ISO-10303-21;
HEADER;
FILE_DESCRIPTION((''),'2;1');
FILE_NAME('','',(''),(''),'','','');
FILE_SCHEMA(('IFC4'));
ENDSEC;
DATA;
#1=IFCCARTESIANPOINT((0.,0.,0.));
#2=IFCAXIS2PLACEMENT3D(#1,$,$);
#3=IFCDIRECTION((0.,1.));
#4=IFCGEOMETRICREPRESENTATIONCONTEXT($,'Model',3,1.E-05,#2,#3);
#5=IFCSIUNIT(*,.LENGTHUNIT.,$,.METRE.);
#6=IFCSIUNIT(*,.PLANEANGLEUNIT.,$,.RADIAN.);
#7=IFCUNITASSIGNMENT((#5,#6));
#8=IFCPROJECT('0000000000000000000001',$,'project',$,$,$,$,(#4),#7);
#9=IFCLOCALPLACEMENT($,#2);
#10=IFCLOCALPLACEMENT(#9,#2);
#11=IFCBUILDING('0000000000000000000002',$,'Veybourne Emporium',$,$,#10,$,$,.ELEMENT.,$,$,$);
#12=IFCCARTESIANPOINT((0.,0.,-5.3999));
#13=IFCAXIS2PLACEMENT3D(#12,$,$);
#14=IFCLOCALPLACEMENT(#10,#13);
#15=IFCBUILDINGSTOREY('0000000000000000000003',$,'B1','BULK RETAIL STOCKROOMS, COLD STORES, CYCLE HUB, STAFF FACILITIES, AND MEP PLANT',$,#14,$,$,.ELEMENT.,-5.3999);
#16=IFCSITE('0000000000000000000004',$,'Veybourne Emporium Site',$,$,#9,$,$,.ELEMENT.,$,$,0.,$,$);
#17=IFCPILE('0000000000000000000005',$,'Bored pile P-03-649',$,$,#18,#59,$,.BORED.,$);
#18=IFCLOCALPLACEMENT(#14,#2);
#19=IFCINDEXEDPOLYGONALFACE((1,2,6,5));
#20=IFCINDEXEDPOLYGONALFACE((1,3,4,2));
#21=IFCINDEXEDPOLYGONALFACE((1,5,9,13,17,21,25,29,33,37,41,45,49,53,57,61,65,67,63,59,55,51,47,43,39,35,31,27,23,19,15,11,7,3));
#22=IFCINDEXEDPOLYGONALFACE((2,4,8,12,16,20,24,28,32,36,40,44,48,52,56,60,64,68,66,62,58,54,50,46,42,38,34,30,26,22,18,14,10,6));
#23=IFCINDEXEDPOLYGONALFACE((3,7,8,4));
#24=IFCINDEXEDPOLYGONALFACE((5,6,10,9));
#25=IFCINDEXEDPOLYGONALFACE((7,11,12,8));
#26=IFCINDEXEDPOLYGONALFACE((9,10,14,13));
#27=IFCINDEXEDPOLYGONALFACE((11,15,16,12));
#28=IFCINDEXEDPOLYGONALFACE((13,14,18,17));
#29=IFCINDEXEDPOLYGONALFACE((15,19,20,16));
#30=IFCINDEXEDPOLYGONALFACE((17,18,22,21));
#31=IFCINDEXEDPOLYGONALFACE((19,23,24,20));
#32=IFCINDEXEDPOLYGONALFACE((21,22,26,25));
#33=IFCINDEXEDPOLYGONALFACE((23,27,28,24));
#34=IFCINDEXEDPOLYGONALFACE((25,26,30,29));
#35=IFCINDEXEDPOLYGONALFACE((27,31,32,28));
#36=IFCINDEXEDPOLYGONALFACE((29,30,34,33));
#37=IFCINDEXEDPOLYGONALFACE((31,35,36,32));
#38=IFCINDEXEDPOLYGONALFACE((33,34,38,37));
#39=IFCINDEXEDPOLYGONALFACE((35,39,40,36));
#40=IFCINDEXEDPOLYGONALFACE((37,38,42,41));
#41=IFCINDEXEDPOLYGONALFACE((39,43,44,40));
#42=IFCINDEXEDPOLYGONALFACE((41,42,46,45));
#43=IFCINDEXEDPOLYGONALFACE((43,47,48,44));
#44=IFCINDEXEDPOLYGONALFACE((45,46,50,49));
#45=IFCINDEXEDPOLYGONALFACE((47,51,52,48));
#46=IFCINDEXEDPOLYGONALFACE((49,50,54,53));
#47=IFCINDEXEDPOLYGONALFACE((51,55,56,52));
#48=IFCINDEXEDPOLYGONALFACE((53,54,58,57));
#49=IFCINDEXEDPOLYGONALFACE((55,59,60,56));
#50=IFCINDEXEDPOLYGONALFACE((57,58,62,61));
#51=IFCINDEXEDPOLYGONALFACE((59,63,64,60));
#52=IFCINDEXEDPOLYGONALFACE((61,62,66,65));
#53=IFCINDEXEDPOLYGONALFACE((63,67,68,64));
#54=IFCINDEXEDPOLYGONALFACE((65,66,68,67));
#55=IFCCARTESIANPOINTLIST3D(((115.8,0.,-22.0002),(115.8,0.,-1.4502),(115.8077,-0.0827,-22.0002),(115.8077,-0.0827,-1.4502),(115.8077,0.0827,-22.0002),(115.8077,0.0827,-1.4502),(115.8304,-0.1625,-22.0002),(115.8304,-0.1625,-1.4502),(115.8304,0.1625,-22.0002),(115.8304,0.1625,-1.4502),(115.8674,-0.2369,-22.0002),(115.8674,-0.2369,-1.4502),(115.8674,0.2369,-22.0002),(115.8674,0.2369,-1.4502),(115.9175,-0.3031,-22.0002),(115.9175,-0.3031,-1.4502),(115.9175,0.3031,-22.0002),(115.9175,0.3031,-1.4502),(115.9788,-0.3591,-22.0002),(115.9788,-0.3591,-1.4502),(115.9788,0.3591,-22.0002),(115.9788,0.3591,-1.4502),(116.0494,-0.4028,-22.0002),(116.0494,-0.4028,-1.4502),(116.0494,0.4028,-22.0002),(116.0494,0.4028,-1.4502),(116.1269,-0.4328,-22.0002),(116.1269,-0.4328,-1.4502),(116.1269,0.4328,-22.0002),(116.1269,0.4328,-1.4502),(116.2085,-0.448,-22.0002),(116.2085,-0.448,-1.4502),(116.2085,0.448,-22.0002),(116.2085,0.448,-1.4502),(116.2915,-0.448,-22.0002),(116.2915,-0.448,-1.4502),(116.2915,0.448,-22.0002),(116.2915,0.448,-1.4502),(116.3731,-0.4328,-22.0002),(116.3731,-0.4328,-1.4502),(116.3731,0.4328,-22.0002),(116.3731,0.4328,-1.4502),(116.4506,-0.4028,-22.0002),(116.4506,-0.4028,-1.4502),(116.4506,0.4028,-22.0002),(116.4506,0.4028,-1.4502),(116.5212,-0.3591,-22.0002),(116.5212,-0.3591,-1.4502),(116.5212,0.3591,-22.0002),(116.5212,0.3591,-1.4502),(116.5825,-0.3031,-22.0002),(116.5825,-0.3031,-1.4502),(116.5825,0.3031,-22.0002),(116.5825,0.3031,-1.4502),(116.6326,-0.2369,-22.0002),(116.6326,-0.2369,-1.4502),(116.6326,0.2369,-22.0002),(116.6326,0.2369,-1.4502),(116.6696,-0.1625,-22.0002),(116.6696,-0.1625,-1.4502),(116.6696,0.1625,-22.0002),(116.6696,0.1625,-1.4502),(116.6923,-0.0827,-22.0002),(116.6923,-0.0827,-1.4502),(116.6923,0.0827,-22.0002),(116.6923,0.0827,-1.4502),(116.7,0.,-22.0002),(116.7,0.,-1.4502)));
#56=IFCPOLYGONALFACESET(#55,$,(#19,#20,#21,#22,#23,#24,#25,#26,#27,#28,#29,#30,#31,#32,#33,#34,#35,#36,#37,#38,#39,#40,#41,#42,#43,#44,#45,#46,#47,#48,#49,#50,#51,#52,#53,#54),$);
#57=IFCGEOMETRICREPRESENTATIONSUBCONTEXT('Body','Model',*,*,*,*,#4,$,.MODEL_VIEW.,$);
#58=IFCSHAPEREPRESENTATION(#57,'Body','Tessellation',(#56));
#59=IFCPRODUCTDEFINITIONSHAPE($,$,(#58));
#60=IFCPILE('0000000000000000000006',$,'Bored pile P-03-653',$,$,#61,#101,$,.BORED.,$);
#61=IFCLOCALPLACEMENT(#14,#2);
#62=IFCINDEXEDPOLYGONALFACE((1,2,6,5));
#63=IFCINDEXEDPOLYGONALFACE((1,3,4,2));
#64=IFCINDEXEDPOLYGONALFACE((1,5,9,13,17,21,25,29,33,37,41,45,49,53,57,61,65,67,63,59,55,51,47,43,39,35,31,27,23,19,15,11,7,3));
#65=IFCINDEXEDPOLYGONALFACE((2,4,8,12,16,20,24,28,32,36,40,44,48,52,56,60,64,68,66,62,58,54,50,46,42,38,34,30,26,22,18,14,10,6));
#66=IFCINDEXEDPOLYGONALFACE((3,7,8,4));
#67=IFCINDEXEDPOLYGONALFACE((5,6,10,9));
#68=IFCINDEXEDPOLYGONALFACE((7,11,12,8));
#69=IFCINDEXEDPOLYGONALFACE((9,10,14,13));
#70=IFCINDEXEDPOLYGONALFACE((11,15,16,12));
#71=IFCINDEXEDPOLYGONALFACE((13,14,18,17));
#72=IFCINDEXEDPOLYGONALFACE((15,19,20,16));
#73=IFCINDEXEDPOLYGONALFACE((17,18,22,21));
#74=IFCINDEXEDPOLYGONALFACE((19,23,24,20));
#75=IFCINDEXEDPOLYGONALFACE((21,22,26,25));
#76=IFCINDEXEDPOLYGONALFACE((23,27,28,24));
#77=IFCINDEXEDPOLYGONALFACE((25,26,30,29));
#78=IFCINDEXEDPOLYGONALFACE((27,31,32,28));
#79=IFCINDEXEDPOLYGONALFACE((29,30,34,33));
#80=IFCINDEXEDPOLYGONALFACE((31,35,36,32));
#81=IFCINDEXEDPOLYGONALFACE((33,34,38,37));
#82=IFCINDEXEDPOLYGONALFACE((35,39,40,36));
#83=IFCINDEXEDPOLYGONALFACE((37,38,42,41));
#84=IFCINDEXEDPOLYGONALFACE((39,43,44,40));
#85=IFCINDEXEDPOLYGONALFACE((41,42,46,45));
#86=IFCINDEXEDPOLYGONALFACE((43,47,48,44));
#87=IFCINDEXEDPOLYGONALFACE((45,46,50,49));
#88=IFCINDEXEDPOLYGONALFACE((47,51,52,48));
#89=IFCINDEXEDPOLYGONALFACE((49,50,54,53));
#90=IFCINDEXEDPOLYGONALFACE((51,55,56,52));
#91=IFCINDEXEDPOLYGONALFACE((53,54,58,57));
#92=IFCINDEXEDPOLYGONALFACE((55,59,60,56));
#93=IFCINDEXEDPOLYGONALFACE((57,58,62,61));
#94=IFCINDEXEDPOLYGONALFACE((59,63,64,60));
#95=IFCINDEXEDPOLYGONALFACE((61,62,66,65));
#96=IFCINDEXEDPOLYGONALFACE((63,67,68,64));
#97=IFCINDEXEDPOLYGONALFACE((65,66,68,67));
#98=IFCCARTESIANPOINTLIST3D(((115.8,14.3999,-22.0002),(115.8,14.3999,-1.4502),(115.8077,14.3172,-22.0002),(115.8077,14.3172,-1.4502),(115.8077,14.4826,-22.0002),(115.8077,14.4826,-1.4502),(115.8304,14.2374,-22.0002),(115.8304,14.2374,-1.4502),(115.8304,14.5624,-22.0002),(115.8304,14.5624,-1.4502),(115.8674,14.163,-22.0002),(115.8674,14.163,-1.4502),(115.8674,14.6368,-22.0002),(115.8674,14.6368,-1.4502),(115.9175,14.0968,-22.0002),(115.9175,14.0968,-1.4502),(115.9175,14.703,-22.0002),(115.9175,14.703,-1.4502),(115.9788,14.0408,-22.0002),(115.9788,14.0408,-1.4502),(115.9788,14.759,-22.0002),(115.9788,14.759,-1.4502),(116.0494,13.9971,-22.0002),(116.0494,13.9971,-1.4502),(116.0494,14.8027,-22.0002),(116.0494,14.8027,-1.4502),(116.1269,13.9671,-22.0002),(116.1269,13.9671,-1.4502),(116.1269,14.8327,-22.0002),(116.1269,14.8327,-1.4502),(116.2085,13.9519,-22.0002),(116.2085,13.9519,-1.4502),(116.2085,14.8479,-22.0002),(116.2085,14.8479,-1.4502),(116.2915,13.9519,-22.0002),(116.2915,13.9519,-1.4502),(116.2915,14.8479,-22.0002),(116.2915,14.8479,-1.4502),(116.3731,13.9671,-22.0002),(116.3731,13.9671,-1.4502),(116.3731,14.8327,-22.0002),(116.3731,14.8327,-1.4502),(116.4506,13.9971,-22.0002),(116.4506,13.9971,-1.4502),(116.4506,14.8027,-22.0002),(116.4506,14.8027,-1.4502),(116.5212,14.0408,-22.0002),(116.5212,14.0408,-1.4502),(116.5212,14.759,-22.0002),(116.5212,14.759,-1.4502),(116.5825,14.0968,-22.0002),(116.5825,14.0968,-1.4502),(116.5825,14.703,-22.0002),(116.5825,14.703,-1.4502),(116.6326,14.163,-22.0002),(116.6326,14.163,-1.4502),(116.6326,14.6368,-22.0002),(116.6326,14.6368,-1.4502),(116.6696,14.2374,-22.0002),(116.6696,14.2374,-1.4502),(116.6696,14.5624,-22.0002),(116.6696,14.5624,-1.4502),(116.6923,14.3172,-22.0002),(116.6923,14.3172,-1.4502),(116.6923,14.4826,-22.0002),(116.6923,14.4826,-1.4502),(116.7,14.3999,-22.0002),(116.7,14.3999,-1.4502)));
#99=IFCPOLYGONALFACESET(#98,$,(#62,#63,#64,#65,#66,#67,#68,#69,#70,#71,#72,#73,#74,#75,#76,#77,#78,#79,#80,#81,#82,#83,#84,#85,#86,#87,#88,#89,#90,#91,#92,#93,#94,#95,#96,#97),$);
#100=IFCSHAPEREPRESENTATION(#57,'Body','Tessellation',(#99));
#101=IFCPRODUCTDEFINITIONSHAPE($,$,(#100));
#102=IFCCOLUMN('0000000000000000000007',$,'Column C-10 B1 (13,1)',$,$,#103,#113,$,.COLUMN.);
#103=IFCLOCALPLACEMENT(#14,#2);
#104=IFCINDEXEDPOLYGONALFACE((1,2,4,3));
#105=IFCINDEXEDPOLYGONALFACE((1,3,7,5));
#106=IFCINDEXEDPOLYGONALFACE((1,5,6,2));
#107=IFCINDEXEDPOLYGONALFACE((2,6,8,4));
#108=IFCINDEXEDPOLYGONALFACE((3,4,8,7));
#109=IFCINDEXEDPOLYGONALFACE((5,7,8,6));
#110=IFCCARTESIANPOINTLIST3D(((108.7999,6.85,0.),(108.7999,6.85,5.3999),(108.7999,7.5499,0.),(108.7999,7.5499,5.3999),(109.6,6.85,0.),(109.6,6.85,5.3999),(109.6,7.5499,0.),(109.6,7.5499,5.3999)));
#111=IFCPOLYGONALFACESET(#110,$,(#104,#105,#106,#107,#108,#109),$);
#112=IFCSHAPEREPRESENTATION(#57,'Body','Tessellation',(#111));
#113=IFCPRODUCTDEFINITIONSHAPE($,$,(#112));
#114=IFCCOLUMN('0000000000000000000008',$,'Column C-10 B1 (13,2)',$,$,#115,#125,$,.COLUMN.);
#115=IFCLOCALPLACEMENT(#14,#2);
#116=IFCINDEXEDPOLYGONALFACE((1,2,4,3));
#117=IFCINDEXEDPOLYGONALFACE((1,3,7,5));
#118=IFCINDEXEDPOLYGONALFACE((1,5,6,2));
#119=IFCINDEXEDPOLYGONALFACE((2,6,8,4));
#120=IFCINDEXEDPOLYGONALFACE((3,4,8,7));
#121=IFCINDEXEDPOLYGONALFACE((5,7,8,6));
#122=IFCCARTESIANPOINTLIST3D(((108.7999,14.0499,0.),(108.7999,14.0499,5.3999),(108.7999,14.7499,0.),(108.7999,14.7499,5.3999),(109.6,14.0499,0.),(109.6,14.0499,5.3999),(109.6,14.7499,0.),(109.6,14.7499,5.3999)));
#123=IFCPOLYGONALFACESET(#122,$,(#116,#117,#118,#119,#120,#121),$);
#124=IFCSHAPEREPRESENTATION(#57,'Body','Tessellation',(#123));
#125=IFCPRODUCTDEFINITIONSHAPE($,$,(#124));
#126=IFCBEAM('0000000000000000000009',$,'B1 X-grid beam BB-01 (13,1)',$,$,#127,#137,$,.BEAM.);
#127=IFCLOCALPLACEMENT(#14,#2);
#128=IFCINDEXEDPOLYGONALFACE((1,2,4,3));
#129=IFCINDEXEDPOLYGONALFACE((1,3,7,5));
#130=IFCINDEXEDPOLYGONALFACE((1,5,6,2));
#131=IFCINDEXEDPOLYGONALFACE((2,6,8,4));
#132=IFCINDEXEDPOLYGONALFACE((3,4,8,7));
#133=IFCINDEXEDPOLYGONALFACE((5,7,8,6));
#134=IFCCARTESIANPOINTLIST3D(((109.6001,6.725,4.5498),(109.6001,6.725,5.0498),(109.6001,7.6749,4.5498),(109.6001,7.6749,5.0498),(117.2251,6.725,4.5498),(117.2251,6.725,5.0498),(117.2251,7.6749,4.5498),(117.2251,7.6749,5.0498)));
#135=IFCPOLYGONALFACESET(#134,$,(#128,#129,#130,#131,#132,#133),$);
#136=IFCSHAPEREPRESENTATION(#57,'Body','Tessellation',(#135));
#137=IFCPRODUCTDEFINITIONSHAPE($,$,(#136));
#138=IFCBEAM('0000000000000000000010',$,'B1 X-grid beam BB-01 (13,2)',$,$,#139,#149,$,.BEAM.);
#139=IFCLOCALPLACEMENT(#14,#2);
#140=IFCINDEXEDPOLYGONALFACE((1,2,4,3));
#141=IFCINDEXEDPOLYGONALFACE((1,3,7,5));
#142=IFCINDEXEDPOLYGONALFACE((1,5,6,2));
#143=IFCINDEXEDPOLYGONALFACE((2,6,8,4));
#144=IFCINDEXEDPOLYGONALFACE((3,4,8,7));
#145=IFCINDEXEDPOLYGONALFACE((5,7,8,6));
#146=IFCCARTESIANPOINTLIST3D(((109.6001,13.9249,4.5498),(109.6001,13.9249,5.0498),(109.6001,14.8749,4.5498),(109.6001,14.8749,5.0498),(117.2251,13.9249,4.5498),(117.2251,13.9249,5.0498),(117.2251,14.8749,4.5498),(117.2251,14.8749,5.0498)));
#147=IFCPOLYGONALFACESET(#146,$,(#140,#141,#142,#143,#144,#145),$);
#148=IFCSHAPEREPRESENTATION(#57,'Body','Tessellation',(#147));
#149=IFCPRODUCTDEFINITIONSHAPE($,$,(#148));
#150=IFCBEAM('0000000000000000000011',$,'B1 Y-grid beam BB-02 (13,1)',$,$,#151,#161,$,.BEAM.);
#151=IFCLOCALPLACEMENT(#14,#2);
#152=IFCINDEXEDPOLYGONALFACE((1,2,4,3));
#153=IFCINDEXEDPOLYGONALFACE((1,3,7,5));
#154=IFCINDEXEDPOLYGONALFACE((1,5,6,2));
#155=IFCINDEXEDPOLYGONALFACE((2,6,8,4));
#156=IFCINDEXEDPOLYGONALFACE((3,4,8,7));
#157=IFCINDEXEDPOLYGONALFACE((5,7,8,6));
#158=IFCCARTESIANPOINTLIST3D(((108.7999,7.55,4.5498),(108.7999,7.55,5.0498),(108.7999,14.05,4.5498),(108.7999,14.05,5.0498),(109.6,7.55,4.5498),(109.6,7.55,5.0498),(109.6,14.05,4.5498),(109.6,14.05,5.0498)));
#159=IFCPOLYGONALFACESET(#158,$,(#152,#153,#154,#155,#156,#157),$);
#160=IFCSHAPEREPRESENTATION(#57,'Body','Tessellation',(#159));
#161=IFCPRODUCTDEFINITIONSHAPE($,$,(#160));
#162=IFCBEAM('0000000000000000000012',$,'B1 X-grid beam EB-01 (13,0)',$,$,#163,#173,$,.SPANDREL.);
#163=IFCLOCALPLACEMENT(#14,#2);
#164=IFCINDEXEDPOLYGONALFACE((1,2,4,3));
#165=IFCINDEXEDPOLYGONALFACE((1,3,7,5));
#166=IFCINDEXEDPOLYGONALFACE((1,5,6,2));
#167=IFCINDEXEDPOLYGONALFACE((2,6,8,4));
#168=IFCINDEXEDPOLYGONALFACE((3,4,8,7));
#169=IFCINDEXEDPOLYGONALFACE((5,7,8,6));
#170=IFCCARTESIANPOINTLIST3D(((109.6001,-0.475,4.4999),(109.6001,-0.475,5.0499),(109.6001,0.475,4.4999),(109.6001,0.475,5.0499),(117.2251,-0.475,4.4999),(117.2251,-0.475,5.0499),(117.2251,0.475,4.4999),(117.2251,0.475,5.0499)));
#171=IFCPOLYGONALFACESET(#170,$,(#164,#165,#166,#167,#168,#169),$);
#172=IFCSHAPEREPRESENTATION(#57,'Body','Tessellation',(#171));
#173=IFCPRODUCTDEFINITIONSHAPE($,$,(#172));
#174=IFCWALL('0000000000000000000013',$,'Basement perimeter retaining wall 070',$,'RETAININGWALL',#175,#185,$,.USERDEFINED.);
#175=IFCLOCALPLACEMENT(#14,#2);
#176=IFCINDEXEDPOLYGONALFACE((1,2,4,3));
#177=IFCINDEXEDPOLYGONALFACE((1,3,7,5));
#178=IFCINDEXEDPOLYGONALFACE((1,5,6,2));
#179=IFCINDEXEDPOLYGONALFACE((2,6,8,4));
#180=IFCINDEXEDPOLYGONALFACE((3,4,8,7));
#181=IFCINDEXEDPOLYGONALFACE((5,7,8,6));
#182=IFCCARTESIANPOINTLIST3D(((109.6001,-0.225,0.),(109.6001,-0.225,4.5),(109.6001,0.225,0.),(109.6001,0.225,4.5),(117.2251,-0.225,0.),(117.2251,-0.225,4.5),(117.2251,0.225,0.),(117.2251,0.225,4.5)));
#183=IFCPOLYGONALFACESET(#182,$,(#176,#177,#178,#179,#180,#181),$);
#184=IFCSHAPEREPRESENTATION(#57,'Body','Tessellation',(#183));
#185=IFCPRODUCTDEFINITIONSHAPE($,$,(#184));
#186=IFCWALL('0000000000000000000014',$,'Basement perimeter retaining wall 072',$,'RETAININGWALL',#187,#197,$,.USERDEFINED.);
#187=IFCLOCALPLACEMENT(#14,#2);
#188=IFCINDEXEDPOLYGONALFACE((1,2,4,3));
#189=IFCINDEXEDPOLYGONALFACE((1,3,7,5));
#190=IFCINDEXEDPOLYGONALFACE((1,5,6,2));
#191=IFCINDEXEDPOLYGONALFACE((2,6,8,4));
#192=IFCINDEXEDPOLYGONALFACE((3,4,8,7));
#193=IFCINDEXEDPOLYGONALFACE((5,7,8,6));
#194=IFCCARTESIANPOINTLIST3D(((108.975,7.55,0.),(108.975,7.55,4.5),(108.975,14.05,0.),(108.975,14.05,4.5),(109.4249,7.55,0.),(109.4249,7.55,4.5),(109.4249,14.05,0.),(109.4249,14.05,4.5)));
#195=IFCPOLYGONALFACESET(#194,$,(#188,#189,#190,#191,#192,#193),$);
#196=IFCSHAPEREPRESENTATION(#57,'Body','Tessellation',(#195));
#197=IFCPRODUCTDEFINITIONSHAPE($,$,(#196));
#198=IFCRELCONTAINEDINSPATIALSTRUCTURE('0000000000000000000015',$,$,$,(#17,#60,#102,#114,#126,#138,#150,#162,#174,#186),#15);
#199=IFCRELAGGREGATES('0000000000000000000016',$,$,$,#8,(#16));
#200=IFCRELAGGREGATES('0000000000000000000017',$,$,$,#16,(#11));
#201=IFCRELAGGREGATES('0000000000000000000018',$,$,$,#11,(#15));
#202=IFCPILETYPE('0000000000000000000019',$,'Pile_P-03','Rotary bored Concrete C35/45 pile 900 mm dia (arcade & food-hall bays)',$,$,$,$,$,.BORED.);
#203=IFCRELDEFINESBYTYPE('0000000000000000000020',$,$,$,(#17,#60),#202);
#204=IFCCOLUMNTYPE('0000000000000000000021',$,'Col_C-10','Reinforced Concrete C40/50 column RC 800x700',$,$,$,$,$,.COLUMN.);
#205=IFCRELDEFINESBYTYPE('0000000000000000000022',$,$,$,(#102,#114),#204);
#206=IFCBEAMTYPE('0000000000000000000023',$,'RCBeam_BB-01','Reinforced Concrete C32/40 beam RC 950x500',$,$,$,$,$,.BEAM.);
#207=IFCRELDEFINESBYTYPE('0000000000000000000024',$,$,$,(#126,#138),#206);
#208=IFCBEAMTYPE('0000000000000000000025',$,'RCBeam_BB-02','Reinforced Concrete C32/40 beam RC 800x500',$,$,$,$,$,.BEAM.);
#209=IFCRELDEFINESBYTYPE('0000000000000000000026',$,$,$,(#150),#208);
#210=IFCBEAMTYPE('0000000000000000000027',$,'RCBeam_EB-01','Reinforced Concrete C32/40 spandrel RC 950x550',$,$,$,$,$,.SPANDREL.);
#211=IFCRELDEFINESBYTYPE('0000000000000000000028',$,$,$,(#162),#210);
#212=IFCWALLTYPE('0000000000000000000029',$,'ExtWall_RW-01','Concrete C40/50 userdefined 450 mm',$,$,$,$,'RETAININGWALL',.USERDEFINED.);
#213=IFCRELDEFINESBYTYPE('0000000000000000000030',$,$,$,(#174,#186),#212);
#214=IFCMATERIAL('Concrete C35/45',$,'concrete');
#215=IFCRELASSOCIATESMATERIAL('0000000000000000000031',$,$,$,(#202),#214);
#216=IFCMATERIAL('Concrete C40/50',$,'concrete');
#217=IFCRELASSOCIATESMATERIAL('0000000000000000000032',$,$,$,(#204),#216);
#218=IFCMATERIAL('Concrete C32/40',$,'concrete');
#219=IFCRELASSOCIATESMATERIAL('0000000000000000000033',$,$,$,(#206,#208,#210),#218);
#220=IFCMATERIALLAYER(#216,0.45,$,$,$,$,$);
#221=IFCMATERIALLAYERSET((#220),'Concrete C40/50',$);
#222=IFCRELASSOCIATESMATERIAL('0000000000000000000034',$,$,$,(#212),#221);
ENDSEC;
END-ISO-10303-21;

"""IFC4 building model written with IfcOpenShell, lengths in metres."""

from ifc_helpers import new_model, si_unit, direction, frame, frame_2d, origin, origin_2d, place, context, subcontext, project, spatial, rectangle, circle, extrude, material, layer, layer_set, material_profile, profile_set, type_object, element, save


model = new_model("IFC4")

# Units and contexts
model_context = context("Model", 3, precision=1e-05, world=origin(), true_north=direction((0.0, 1.0)))
body_context = subcontext(model_context, "Body", "Model", "MODEL_VIEW")
ifc_project = project(units=[si_unit("LENGTHUNIT", "METRE"), si_unit("PLANEANGLEUNIT", "RADIAN")], contexts=[model_context])

# Site, building, storey
site_placement = place(None, origin())
site = spatial("IfcSite", under=ifc_project, at=site_placement, Name="Veybourne Emporium Site", CompositionType="ELEMENT", RefElevation=0.0)
building_placement = place(site_placement, origin())
building = spatial("IfcBuilding", under=site, at=building_placement, Name="Veybourne Emporium", CompositionType="ELEMENT")
storey_placement = place(building_placement, frame((0.0, 0.0, -5.3999)))
storey = spatial("IfcBuildingStorey", under=building, at=storey_placement, Name="B1", Description="BULK RETAIL STOCKROOMS, COLD STORES, CYCLE HUB, STAFF FACILITIES, AND MEP PLANT", CompositionType="ELEMENT", Elevation=-5.3999)

# Shared definitions
ifc_material_1 = material(Name="Concrete C35/45", Category="concrete")

# Piles
ifc_material_profile_1 = material_profile(ifc_material_1, circle(Radius=0.45, at=origin_2d()), Name="BORED PILE 900")
ifc_profile_set_1 = profile_set([ifc_material_profile_1], Name="Concrete C35/45")
pile_type = type_object("IfcPileType", Name="Pile_P-03", Description="Rotary bored Concrete C35/45 pile 900 mm dia (arcade & food-hall bays)", PredefinedType="BORED", material=ifc_profile_set_1)
for number, where, z_axis, x_axis, name in (
    (1, (116.25, 0.0, -1.4502), (0.0, 0.0, -1.0), (1.0, 0.0, 0.0), "Bored pile P-03-649"),
    (2, (116.25, 14.3999, -1.4502), (0.0, 0.0, -1.0), (1.0, 0.0, 0.0), "Bored pile P-03-653"),
):
    element("IfcPile", number, at=place(storey_placement, frame(where, z_axis=z_axis, x_axis=x_axis)), inside=storey, type_object=pile_type, Name=name, PredefinedType="BORED", context=body_context, shape_type="SweptSolid", body=[
        extrude(circle(Radius=0.45, at=origin_2d()), origin(), (0.0, 0.0, 1.0), 20.55),
    ])

# Columns
ifc_material_2 = material(Name="Concrete C40/50", Category="concrete")
ifc_material_profile_2 = material_profile(ifc_material_2, rectangle(XDim=0.8, YDim=0.7, at=origin_2d()), Name="RC 800x700")
ifc_profile_set_2 = profile_set([ifc_material_profile_2], Name="Concrete C40/50")
column_type = type_object("IfcColumnType", Name="Col_C-10", Description="Reinforced Concrete C40/50 column RC 800x700", PredefinedType="COLUMN", material=ifc_profile_set_2)
for number, where, z_axis, x_axis, name in (
    (3, (109.2, 7.2, 0.0), (0.0, 0.0, 1.0), (1.0, 0.0, 0.0), "Column C-10 B1 (13,1)"),
    (4, (109.2, 14.3999, 0.0), (0.0, 0.0, 1.0), (1.0, 0.0, 0.0), "Column C-10 B1 (13,2)"),
):
    element("IfcColumn", number, at=place(storey_placement, frame(where, z_axis=z_axis, x_axis=x_axis)), inside=storey, type_object=column_type, Name=name, PredefinedType="COLUMN", context=body_context, shape_type="SweptSolid", body=[
        extrude(rectangle(XDim=0.8, YDim=0.7, at=origin_2d()), origin(), (0.0, 0.0, 1.0), 5.3999),
    ])

# Beams
ifc_material_3 = material(Name="Concrete C32/40", Category="concrete")
ifc_material_profile_3 = material_profile(ifc_material_3, rectangle(XDim=0.95, YDim=0.5, at=origin_2d()), Name="RC 950x500")
ifc_profile_set_3 = profile_set([ifc_material_profile_3], Name="Concrete C32/40")
beam_type_1 = type_object("IfcBeamType", Name="RCBeam_BB-01", Description="Reinforced Concrete C32/40 beam RC 950x500", PredefinedType="BEAM", material=ifc_profile_set_3)
for number, where, z_axis, x_axis, name in (
    (5, (109.6001, 7.2, 4.7998), (1.0, 0.0, 0.0), (0.0, 1.0, 0.0), "B1 X-grid beam BB-01 (13,1)"),
    (6, (109.6001, 14.3999, 4.7998), (1.0, 0.0, 0.0), (0.0, 1.0, 0.0), "B1 X-grid beam BB-01 (13,2)"),
):
    element("IfcBeam", number, at=place(storey_placement, frame(where, z_axis=z_axis, x_axis=x_axis)), inside=storey, type_object=beam_type_1, Name=name, PredefinedType="BEAM", context=body_context, shape_type="SweptSolid", body=[
        extrude(rectangle(XDim=0.95, YDim=0.5, at=origin_2d()), origin(), (0.0, 0.0, 1.0), 7.625),
    ])
ifc_material_profile_4 = material_profile(ifc_material_3, rectangle(XDim=0.8, YDim=0.5, at=origin_2d()), Name="RC 800x500")
ifc_profile_set_4 = profile_set([ifc_material_profile_4], Name="Concrete C32/40")
beam_type_2 = type_object("IfcBeamType", Name="RCBeam_BB-02", Description="Reinforced Concrete C32/40 beam RC 800x500", PredefinedType="BEAM", material=ifc_profile_set_4)
beam_1_placement = place(storey_placement, frame((109.2, 7.55, 4.7998), z_axis=(0.0, 1.0, 0.0), x_axis=(-1.0, 0.0, 0.0)))
element("IfcBeam", 7, at=beam_1_placement, inside=storey, type_object=beam_type_2, Name="B1 Y-grid beam BB-02 (13,1)", PredefinedType="BEAM", context=body_context, shape_type="SweptSolid", body=[
    extrude(rectangle(XDim=0.8, YDim=0.5, at=origin_2d()), origin(), (0.0, 0.0, 1.0), 6.5),
])
ifc_material_profile_5 = material_profile(ifc_material_3, rectangle(XDim=0.95, YDim=0.55, at=origin_2d()), Name="RC 950x550")
ifc_profile_set_5 = profile_set([ifc_material_profile_5], Name="Concrete C32/40")
beam_type_3 = type_object("IfcBeamType", Name="RCBeam_EB-01", Description="Reinforced Concrete C32/40 spandrel RC 950x550", PredefinedType="SPANDREL", material=ifc_profile_set_5)
beam_2_placement = place(storey_placement, frame((109.6001, 0.0, 4.7749), z_axis=(1.0, 0.0, 0.0), x_axis=(0.0, 1.0, 0.0)))
element("IfcBeam", 8, at=beam_2_placement, inside=storey, type_object=beam_type_3, Name="B1 X-grid beam EB-01 (13,0)", PredefinedType="SPANDREL", context=body_context, shape_type="SweptSolid", body=[
    extrude(rectangle(XDim=0.95, YDim=0.55, at=origin_2d()), origin(), (0.0, 0.0, 1.0), 7.625),
])

# Walls
ifc_layer_1 = layer(ifc_material_2, 0.45)
ifc_layer_set_1 = layer_set([ifc_layer_1], Name="Concrete C40/50")
wall_type_1 = type_object("IfcWallType", Name="ExtWall_RW-01", Description="Concrete C40/50 userdefined 450 mm", ElementType="RETAININGWALL", PredefinedType="USERDEFINED", material=ifc_layer_set_1)
wall_1_placement = place(storey_placement, frame((117.2251, 0.0, 0.0), z_axis=(0.0, 0.0, 1.0), x_axis=(-1.0, 0.0, 0.0)))
element("IfcWall", 9, at=wall_1_placement, inside=storey, type_object=wall_type_1, Name="Basement perimeter retaining wall 070", ObjectType="RETAININGWALL", PredefinedType="USERDEFINED", context=body_context, shape_type="SweptSolid", body=[
    extrude(rectangle(XDim=7.625, YDim=0.45, at=frame_2d((3.8125, 0.0))), origin(), (0.0, 0.0, 1.0), 4.5),
])
wall_2_placement = place(storey_placement, frame((109.2, 7.55, 0.0), z_axis=(0.0, 0.0, 1.0), x_axis=(0.0, 1.0, 0.0)))
element("IfcWall", 10, at=wall_2_placement, inside=storey, type_object=wall_type_1, Name="Basement perimeter retaining wall 072", ObjectType="RETAININGWALL", PredefinedType="USERDEFINED", context=body_context, shape_type="SweptSolid", body=[
    extrude(rectangle(XDim=6.5, YDim=0.45, at=frame_2d((3.25, 0.0))), origin(), (0.0, 0.0, 1.0), 4.5),
])

save(model, "model.ifc")
